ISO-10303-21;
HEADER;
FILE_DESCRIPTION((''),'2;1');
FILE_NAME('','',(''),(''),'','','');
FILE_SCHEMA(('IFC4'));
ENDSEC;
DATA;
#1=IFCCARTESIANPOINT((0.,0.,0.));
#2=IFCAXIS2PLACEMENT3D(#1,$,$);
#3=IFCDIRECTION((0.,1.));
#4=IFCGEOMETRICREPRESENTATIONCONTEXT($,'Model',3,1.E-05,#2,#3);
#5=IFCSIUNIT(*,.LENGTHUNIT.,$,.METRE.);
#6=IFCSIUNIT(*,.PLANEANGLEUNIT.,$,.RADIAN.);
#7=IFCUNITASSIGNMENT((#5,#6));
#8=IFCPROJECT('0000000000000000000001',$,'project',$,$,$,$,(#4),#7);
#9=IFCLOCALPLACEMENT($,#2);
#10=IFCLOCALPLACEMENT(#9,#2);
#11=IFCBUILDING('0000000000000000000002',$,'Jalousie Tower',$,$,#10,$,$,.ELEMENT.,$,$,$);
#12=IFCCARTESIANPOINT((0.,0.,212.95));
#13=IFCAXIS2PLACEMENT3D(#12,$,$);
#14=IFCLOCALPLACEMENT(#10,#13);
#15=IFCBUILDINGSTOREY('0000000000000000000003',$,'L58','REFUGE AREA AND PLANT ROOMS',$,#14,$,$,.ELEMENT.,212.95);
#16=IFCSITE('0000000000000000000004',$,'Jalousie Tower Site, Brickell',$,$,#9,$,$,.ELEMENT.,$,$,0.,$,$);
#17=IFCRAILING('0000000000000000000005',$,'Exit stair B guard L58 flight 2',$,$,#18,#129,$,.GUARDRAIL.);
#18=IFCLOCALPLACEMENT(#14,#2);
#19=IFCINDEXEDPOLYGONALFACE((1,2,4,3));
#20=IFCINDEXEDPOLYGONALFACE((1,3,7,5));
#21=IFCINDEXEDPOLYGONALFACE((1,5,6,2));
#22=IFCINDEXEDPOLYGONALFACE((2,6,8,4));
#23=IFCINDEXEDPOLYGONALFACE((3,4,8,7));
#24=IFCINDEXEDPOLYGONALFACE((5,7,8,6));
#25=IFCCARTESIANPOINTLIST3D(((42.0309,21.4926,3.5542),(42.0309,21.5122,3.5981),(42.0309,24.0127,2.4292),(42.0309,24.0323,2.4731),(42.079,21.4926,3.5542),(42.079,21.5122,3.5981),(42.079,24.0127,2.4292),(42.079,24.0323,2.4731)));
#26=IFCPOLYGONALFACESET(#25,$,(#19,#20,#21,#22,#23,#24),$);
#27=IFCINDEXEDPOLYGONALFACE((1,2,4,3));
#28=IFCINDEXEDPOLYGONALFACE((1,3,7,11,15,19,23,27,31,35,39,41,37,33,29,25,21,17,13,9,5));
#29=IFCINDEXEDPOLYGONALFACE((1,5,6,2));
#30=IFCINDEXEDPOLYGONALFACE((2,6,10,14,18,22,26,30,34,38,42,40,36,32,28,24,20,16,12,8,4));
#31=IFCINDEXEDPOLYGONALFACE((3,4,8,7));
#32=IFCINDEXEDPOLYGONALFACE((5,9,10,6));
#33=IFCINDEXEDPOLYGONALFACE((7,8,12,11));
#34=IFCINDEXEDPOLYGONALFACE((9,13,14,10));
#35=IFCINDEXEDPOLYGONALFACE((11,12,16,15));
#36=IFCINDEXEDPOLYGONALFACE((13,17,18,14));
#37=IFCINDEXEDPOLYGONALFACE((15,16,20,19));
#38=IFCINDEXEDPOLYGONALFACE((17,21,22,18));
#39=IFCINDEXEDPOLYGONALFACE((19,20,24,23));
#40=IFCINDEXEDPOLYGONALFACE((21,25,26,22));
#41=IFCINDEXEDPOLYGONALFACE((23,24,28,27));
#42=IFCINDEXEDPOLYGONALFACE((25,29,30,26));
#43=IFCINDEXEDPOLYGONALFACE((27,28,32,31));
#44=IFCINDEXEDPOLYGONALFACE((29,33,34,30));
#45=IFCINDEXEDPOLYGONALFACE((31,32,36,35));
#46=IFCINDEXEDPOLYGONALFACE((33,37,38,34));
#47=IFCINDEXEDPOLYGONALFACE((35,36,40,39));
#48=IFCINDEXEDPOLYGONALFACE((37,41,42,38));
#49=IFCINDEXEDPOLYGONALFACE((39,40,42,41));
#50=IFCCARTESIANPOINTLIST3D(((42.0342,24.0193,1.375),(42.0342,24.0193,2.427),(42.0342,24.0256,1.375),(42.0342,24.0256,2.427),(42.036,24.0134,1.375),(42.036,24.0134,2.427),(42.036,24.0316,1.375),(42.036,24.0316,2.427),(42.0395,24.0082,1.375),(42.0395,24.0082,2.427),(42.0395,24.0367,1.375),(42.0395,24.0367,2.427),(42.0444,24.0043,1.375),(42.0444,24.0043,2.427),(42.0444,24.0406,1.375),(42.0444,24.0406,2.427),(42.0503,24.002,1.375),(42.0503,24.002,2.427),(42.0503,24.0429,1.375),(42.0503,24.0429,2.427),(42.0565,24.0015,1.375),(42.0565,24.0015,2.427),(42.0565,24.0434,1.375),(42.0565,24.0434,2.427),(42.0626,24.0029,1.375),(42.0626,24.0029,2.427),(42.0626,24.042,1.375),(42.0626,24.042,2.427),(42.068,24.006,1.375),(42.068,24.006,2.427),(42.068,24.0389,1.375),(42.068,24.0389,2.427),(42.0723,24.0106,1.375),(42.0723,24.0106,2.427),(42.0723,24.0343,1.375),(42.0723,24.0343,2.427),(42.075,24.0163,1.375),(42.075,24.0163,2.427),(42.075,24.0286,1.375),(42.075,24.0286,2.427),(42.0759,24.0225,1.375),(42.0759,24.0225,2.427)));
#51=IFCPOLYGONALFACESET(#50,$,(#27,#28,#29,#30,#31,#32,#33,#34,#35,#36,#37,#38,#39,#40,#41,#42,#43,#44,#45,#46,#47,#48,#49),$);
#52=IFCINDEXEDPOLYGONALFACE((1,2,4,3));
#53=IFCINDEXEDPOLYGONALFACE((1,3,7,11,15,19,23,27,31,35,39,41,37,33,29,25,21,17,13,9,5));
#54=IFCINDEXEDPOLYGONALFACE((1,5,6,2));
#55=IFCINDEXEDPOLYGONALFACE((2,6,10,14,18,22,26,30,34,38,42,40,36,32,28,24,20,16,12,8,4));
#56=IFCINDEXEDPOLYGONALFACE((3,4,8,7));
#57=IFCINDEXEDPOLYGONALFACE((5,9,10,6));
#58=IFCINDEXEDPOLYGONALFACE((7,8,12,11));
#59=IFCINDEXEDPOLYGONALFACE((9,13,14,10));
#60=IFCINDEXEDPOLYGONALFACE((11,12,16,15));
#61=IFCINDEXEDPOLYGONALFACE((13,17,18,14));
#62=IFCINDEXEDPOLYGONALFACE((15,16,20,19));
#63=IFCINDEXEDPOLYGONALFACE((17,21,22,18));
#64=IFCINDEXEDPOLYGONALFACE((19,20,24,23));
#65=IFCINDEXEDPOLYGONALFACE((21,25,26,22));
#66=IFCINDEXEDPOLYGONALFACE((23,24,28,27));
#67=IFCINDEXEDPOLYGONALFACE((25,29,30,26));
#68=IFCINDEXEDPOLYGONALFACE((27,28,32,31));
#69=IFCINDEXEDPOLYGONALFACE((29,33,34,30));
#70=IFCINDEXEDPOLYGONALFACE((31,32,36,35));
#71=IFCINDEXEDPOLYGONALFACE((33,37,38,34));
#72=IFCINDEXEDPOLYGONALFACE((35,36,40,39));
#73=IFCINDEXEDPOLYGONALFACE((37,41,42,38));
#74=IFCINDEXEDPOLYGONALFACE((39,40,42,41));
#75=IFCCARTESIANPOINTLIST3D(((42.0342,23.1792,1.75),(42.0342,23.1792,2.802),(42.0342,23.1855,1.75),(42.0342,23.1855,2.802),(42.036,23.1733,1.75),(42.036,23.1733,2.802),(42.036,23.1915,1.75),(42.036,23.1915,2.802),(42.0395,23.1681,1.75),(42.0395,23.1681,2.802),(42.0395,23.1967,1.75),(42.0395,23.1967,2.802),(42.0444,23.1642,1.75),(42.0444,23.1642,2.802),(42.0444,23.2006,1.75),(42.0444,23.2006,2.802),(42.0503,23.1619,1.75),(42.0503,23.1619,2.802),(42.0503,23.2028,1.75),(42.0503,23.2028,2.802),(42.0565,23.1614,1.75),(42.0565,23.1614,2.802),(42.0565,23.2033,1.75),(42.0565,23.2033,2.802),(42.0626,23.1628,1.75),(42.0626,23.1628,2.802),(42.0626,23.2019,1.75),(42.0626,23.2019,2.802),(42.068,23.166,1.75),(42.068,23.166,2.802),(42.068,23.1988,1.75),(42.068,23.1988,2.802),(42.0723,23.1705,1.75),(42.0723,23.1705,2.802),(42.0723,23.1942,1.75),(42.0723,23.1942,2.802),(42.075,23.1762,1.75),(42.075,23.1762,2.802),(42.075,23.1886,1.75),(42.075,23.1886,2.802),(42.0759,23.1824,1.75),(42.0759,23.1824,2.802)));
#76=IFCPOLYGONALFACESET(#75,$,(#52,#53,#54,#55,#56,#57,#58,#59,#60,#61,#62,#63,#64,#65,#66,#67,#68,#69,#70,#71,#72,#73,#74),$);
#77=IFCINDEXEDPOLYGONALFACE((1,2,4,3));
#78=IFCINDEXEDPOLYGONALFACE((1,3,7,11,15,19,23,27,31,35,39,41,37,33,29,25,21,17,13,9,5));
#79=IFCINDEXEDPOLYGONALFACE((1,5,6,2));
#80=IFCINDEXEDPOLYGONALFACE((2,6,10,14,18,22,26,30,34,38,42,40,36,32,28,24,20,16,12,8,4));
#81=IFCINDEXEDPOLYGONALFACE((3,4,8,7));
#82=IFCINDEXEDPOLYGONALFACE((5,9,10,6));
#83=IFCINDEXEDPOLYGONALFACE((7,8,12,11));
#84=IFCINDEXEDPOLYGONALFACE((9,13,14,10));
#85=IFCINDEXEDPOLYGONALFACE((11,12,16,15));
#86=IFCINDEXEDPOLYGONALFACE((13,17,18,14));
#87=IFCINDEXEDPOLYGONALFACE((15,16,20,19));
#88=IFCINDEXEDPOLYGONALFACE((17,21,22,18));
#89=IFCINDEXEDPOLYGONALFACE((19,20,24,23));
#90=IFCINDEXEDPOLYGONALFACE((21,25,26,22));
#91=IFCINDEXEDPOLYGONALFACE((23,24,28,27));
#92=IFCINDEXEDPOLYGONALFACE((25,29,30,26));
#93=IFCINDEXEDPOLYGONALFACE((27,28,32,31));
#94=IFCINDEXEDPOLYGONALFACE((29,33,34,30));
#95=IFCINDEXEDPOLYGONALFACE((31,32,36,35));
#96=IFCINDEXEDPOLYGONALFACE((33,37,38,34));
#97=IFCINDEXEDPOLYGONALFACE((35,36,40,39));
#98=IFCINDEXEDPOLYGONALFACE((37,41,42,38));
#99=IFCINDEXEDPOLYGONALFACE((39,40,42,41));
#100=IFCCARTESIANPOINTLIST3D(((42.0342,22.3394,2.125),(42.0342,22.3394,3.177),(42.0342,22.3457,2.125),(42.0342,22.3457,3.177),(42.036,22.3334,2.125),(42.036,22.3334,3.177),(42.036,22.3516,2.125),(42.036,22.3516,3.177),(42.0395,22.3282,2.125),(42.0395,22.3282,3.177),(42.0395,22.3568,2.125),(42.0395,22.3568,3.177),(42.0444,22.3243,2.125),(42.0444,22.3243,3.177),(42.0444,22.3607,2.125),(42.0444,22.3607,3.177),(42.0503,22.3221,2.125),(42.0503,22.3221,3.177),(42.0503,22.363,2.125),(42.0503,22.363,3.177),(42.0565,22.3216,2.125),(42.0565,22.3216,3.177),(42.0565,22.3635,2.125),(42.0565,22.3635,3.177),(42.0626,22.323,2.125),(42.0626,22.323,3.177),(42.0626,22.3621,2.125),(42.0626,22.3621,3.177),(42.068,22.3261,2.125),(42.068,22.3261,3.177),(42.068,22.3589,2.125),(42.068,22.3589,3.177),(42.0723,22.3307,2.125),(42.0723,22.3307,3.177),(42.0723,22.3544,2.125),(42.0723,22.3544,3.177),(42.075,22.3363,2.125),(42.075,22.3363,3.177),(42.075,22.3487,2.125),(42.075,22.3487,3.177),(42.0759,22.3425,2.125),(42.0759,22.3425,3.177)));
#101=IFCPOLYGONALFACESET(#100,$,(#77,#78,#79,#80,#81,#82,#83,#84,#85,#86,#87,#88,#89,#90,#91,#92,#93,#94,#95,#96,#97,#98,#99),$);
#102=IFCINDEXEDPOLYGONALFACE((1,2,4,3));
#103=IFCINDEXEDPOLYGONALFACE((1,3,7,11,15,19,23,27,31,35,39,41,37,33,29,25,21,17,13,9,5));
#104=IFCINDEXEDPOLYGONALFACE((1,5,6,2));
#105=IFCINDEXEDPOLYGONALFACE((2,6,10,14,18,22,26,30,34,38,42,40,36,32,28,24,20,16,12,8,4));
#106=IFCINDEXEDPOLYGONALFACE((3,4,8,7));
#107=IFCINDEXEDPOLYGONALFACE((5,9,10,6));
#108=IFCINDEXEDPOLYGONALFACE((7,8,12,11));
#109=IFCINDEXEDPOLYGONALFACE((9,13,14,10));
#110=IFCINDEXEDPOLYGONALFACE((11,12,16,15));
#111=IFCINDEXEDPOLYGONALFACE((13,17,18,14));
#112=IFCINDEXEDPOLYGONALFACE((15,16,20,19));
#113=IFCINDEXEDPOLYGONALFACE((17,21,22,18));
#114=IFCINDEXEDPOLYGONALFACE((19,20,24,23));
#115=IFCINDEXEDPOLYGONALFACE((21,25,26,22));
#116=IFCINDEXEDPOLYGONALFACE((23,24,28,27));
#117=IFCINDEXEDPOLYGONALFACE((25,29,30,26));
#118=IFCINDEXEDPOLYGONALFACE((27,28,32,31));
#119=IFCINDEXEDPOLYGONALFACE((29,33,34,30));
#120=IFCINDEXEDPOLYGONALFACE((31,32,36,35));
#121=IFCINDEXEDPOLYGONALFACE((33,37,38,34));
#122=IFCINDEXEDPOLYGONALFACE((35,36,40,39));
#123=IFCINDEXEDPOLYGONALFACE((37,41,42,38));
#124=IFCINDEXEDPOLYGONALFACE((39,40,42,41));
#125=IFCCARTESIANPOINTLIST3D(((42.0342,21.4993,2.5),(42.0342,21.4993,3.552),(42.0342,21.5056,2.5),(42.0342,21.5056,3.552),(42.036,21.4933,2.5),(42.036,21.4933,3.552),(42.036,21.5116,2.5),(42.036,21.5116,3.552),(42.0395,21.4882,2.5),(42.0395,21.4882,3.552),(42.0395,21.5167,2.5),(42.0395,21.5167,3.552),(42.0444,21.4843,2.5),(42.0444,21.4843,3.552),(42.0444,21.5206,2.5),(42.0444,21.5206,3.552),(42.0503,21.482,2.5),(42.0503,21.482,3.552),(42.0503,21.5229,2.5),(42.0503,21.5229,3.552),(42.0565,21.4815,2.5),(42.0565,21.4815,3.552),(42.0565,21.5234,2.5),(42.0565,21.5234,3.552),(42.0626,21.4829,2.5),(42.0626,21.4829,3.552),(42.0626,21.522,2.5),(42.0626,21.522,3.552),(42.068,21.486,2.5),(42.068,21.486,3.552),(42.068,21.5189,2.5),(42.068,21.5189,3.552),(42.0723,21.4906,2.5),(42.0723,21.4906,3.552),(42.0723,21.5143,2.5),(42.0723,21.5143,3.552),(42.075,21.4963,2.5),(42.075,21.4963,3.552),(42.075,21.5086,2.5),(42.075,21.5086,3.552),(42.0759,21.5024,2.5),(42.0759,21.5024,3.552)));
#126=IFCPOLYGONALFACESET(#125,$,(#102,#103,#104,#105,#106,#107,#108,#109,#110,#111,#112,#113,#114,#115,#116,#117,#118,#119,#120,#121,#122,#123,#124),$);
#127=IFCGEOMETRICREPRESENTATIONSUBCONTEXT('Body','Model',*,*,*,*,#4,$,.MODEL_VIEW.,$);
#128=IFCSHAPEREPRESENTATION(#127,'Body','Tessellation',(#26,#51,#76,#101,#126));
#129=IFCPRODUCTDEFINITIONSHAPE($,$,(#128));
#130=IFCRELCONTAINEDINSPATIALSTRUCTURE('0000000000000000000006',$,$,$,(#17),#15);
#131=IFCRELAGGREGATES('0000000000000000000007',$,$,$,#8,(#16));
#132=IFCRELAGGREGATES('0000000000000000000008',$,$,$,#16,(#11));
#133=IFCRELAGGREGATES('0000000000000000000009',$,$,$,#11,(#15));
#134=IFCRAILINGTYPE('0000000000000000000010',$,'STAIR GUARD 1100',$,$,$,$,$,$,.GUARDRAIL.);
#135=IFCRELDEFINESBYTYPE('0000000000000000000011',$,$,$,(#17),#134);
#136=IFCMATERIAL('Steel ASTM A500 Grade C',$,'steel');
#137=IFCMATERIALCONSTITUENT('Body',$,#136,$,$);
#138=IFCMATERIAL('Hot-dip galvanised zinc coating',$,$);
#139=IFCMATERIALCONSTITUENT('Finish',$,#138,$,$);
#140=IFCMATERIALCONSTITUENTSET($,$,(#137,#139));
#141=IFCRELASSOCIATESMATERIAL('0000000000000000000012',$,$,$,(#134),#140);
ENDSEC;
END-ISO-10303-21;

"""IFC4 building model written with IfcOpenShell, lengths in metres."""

from ifc_helpers import new_model, si_unit, direction, frame, origin, origin_2d, place, context, subcontext, project, spatial, rectangle, circle, extrude, material, constituent, constituent_set, type_object, element, save


model = new_model("IFC4")

# Units and contexts
model_context = context("Model", 3, precision=1e-05, world=origin(), true_north=direction((0.0, 1.0)))
body_context = subcontext(model_context, "Body", "Model", "MODEL_VIEW")
ifc_project = project(units=[si_unit("LENGTHUNIT", "METRE"), si_unit("PLANEANGLEUNIT", "RADIAN")], contexts=[model_context])

# Site, building, storey
site_placement = place(None, origin())
site = spatial("IfcSite", under=ifc_project, at=site_placement, Name="Jalousie Tower Site, Brickell", CompositionType="ELEMENT", RefElevation=0.0)
building_placement = place(site_placement, origin())
building = spatial("IfcBuilding", under=site, at=building_placement, Name="Jalousie Tower", CompositionType="ELEMENT")
storey_placement = place(building_placement, frame((0.0, 0.0, 212.95)))
storey = spatial("IfcBuildingStorey", under=building, at=storey_placement, Name="L58", Description="REFUGE AREA AND PLANT ROOMS", CompositionType="ELEMENT", Elevation=212.95)

# Railing
ifc_material_1 = material(Name="Steel ASTM A500 Grade C", Category="steel")
ifc_constituent_1 = constituent(ifc_material_1, Name="Body")
ifc_material_2 = material(Name="Hot-dip galvanised zinc coating")
ifc_constituent_2 = constituent(ifc_material_2, Name="Finish")
ifc_constituent_set_1 = constituent_set(constituents=[ifc_constituent_1, ifc_constituent_2])
railing_type_1 = type_object("IfcRailingType", Name="STAIR GUARD 1100", PredefinedType="GUARDRAIL", material=ifc_constituent_set_1)
railing_1_placement = place(storey_placement, frame((42.0549, 24.0225, 1.375)))
element("IfcRailing", 1, at=railing_1_placement, inside=storey, type_object=railing_type_1, Name="Exit stair B guard L58 flight 2", PredefinedType="GUARDRAIL", context=body_context, shape_type="SweptSolid", body=[
    extrude(rectangle(XDim=0.0481, YDim=0.0481, at=origin_2d()), frame((0.0, 0.0, 1.0762), z_axis=(0.0, -0.913139, 0.407648), x_axis=(1.0, 0.0, 0.0)), (0.0, 0.0, 1.0), 2.7598),
    extrude(circle(Radius=0.021, at=origin_2d()), origin(), (0.0, 0.0, 1.0), 1.052),
    extrude(circle(Radius=0.021, at=origin_2d()), frame((0.0, -0.8401, 0.375)), (0.0, 0.0, 1.0), 1.052),
    extrude(circle(Radius=0.021, at=origin_2d()), frame((0.0, -1.6799, 0.75)), (0.0, 0.0, 1.0), 1.052),
    extrude(circle(Radius=0.021, at=origin_2d()), frame((0.0, -2.52, 1.125)), (0.0, 0.0, 1.0), 1.052),
])

save(model, "model.ifc")
